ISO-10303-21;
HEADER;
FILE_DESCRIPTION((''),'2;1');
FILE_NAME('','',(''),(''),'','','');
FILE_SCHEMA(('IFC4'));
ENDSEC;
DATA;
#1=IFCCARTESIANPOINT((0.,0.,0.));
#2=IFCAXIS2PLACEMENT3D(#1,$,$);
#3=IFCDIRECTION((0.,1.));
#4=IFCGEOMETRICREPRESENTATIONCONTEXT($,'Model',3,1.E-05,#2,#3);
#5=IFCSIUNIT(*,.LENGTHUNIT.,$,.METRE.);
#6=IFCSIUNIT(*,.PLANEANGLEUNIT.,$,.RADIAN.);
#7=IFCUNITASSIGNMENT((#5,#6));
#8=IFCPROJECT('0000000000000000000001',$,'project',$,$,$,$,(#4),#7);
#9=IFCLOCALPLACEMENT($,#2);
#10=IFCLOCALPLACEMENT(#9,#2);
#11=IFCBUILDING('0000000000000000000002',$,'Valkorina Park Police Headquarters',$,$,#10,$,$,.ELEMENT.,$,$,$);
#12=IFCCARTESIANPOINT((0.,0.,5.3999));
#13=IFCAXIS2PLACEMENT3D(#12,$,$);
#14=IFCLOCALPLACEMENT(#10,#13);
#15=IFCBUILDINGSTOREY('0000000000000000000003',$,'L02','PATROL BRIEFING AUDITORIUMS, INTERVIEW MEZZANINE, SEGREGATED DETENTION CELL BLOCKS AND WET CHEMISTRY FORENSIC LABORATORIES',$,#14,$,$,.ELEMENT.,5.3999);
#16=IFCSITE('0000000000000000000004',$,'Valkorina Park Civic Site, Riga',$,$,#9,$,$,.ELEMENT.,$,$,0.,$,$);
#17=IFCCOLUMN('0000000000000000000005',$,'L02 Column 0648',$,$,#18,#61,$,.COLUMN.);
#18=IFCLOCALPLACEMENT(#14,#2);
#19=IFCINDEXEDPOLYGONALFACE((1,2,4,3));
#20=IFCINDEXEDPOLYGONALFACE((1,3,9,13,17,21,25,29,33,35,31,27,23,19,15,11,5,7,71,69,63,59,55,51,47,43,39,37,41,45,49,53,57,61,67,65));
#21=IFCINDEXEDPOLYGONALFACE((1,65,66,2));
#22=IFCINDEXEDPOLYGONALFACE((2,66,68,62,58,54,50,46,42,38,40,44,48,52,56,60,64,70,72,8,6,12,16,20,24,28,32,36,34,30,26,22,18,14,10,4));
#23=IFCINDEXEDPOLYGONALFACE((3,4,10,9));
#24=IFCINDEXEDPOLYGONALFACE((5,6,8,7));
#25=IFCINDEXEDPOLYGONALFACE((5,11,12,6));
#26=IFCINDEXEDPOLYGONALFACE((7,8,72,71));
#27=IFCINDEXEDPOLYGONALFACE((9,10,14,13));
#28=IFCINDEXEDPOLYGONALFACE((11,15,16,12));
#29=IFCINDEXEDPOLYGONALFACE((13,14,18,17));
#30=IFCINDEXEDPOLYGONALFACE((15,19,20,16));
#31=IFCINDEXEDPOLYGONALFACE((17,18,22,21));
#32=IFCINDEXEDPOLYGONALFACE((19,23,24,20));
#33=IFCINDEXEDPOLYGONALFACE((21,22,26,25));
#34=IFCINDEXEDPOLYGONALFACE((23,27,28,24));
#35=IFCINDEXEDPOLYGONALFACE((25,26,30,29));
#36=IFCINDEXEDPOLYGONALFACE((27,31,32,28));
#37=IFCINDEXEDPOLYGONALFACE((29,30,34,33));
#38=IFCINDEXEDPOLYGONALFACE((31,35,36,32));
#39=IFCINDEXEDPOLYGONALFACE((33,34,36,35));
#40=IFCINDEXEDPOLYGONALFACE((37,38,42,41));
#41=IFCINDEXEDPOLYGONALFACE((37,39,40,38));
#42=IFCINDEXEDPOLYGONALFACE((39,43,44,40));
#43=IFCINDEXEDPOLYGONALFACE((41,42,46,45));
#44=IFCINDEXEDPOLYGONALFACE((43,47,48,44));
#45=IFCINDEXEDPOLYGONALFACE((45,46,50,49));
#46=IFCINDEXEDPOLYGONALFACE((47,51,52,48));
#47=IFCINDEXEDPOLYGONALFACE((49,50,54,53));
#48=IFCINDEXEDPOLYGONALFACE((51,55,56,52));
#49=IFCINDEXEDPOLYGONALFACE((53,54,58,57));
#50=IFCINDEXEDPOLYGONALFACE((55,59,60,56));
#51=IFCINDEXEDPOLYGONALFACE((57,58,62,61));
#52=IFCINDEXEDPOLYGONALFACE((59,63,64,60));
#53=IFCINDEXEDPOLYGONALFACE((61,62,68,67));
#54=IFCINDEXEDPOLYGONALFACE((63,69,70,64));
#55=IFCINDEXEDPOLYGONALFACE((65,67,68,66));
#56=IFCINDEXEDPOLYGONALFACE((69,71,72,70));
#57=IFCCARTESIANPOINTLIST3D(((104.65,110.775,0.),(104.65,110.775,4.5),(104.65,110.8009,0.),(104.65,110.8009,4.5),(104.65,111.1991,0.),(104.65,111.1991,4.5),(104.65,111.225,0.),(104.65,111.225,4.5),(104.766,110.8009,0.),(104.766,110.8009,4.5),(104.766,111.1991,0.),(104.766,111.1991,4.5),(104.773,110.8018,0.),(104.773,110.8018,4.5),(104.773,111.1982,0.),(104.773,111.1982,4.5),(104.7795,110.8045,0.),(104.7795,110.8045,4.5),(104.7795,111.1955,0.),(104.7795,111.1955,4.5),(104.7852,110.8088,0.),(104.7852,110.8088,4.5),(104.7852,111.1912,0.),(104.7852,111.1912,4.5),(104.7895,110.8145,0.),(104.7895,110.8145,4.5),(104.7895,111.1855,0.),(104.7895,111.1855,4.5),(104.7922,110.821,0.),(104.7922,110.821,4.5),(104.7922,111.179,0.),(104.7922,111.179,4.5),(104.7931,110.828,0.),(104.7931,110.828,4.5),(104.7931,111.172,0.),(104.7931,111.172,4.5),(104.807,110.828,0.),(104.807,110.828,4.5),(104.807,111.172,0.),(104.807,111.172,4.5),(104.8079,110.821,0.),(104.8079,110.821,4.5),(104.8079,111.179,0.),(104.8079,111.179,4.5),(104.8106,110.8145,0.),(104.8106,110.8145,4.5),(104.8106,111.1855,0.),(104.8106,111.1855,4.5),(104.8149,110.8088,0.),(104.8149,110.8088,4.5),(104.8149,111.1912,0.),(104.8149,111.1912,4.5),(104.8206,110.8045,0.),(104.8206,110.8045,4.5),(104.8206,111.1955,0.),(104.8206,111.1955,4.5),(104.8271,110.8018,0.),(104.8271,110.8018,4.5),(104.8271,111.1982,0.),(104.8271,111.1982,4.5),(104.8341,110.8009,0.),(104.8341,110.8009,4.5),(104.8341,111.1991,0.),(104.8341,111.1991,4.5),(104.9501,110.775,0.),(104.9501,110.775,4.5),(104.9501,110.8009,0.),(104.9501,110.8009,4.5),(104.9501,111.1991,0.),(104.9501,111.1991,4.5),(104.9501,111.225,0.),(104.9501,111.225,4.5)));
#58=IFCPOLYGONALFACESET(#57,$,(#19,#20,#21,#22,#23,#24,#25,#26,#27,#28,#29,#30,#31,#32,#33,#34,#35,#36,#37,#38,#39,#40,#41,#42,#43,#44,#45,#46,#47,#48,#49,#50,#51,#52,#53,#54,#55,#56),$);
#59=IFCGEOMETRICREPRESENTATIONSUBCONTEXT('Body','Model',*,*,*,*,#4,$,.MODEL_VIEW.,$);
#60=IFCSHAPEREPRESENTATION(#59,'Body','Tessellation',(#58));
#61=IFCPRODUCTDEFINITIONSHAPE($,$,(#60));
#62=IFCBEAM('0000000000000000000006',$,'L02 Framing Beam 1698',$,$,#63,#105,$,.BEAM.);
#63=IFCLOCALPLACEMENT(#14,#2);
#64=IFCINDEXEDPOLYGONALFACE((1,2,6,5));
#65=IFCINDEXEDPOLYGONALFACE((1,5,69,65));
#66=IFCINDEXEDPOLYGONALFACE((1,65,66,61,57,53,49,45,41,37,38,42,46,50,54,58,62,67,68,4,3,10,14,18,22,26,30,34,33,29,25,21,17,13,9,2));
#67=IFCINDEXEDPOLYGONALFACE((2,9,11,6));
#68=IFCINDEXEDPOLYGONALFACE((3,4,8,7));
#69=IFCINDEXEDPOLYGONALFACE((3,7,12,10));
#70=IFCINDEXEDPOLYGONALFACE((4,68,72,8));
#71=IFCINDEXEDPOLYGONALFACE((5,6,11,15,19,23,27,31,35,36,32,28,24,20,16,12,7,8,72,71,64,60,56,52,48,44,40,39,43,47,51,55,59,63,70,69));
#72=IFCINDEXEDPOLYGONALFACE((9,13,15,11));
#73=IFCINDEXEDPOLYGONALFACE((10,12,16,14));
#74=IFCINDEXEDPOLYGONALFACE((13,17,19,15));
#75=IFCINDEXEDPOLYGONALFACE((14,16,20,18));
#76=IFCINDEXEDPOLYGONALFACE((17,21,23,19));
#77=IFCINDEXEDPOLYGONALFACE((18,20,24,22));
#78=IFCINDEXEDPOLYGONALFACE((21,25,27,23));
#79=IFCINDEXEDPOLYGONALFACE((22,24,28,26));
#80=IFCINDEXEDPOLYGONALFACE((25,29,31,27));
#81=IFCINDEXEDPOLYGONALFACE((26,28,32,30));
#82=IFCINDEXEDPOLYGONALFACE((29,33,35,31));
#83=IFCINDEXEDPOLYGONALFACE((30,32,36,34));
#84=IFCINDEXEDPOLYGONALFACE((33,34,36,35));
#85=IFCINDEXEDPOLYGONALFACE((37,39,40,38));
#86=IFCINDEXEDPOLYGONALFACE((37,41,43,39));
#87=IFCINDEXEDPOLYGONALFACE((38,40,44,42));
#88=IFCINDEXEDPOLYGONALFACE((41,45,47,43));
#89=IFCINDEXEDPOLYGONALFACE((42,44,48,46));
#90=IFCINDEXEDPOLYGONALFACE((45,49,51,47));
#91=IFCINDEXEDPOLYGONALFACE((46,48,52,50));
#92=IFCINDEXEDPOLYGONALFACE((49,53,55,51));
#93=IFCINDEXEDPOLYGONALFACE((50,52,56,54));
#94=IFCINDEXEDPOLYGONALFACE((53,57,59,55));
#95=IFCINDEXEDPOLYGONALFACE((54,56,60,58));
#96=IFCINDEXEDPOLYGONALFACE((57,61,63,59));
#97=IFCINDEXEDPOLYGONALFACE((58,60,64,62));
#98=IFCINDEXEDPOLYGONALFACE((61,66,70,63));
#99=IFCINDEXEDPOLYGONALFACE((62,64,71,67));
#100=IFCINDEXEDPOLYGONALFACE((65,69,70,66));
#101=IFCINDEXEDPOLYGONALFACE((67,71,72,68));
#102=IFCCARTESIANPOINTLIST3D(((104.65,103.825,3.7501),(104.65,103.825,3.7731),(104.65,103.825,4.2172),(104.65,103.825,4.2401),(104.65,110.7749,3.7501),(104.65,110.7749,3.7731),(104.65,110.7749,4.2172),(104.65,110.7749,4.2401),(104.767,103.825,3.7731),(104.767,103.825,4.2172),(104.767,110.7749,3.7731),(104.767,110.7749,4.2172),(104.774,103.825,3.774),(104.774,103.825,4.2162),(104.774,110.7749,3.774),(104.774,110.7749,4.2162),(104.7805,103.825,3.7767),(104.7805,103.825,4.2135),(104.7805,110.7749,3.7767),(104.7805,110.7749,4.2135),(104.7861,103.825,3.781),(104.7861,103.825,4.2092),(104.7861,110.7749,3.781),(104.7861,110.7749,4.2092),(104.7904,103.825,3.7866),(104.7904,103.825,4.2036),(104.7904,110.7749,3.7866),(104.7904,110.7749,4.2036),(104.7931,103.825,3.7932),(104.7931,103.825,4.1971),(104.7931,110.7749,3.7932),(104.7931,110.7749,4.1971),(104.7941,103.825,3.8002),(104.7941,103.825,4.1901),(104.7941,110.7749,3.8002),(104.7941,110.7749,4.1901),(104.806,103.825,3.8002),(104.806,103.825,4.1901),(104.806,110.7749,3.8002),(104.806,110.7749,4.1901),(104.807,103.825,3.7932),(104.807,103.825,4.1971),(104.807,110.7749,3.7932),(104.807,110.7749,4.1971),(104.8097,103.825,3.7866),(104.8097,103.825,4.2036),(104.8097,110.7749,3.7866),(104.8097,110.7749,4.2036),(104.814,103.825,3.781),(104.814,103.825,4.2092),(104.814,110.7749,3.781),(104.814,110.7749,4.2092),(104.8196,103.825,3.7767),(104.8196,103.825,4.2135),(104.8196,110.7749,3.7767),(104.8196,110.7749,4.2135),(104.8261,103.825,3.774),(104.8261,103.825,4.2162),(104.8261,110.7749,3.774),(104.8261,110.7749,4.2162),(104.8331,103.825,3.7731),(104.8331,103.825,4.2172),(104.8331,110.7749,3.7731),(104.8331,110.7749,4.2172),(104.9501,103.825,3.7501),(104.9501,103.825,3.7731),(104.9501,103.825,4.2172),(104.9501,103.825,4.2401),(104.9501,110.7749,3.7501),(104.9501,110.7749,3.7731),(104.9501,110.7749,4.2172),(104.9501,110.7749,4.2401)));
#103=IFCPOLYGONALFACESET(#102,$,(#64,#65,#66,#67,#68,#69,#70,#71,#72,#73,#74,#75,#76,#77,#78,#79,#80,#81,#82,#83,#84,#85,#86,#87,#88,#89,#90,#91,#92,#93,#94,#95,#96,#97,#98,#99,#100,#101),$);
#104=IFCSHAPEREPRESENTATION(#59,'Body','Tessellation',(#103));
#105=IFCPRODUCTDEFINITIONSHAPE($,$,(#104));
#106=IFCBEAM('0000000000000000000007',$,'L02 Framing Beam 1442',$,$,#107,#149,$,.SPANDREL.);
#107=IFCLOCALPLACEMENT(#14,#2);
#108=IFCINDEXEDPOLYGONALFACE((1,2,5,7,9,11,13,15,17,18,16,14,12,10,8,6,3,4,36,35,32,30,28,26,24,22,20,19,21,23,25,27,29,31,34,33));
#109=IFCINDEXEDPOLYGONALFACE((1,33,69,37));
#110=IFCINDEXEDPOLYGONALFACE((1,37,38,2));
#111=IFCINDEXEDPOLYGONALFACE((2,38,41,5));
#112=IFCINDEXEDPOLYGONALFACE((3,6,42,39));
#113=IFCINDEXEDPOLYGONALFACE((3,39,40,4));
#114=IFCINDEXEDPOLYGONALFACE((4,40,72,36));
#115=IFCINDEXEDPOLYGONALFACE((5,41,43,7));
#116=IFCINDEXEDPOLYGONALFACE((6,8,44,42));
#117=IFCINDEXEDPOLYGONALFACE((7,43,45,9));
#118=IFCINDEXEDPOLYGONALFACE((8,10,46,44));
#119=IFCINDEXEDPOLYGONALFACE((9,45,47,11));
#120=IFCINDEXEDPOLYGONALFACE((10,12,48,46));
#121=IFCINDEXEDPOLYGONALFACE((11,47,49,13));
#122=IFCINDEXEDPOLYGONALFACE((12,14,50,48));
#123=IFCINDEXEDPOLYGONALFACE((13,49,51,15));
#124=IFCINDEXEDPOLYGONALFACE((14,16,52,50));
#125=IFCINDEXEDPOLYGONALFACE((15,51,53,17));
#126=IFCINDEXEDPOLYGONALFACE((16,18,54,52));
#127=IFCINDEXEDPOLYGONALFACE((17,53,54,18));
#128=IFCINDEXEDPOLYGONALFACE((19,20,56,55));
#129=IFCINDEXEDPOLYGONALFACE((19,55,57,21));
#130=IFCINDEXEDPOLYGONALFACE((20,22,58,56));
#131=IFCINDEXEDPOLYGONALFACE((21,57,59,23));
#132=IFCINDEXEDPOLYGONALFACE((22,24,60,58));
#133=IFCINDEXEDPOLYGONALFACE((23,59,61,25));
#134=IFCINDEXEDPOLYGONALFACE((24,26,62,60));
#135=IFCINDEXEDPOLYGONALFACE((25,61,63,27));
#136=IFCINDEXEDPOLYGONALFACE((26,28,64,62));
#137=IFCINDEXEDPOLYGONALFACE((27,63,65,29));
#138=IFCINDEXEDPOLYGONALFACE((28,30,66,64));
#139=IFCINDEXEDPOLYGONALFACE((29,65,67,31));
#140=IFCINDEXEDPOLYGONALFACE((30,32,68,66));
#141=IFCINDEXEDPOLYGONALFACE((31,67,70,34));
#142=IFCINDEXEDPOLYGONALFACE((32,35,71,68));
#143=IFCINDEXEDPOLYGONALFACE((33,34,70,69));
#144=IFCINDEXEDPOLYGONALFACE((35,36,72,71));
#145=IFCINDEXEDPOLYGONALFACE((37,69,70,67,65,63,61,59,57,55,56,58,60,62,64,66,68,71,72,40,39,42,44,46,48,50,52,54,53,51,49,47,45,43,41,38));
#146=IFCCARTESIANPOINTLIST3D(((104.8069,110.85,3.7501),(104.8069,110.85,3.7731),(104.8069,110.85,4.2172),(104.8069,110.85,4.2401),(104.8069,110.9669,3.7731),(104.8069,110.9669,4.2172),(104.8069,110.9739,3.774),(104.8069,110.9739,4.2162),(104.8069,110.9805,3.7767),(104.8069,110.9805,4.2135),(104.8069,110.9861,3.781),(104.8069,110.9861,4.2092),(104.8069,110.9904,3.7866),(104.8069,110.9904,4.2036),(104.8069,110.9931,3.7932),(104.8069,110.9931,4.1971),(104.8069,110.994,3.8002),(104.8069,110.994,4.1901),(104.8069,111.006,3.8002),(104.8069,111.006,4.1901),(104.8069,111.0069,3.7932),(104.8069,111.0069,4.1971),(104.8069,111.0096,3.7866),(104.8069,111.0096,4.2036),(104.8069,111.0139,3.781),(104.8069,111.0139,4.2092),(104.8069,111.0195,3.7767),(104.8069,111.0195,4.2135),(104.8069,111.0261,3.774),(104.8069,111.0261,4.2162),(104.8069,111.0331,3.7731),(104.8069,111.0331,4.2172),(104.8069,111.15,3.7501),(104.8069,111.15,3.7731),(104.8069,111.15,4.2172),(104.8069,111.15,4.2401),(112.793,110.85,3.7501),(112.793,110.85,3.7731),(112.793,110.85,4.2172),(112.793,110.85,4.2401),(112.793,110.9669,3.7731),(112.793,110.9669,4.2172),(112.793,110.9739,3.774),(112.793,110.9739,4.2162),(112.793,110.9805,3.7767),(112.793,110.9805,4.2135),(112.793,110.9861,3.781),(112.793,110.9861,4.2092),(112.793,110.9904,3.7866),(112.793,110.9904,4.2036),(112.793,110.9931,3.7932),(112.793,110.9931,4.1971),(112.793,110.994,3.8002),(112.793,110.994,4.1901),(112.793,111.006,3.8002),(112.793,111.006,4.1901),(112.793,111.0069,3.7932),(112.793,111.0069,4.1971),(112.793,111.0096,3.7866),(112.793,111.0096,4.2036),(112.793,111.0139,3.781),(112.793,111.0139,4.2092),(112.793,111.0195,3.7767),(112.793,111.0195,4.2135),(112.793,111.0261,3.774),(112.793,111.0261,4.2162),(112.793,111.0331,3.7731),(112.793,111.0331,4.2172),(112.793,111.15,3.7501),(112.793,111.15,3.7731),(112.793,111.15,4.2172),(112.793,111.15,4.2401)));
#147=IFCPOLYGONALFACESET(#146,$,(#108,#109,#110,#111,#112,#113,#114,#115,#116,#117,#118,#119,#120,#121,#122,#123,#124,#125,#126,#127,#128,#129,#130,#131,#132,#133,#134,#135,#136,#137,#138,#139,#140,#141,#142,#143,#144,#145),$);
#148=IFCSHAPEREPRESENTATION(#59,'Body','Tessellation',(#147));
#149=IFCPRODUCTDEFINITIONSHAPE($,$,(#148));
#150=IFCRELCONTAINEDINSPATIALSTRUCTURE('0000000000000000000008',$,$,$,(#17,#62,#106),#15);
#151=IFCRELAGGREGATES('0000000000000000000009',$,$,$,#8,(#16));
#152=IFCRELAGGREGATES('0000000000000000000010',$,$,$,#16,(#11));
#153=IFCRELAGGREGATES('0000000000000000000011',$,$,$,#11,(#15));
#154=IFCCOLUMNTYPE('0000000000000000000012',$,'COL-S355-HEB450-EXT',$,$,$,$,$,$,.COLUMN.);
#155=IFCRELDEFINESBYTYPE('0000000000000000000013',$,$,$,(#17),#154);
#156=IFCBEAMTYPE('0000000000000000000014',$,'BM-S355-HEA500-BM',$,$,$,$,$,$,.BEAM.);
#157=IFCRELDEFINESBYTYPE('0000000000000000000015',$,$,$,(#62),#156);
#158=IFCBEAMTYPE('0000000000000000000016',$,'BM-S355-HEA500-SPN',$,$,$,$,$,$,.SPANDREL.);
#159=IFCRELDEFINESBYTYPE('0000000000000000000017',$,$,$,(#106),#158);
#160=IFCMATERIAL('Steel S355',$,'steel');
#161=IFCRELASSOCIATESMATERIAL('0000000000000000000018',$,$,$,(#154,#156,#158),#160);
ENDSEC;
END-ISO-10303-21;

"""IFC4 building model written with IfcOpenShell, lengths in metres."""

from ifc_helpers import new_model, si_unit, direction, frame, origin, origin_2d, place, context, subcontext, project, spatial, i_section, extrude, material, material_profile, profile_set, type_object, element, save


model = new_model("IFC4")

# Units and contexts
model_context = context("Model", 3, precision=1e-05, world=origin(), true_north=direction((0.0, 1.0)))
body_context = subcontext(model_context, "Body", "Model", "MODEL_VIEW")
ifc_project = project(units=[si_unit("LENGTHUNIT", "METRE"), si_unit("PLANEANGLEUNIT", "RADIAN")], contexts=[model_context])

# Site, building, storey
site_placement = place(None, origin())
site = spatial("IfcSite", under=ifc_project, at=site_placement, Name="Valkorina Park Civic Site, Riga", CompositionType="ELEMENT", RefElevation=0.0)
building_placement = place(site_placement, origin())
building = spatial("IfcBuilding", under=site, at=building_placement, Name="Valkorina Park Police Headquarters", CompositionType="ELEMENT")
storey_placement = place(building_placement, frame((0.0, 0.0, 5.3999)))
storey = spatial("IfcBuildingStorey", under=building, at=storey_placement, Name="L02", Description="PATROL BRIEFING AUDITORIUMS, INTERVIEW MEZZANINE, SEGREGATED DETENTION CELL BLOCKS AND WET CHEMISTRY FORENSIC LABORATORIES", CompositionType="ELEMENT", Elevation=5.3999)

# Column
ifc_material_1 = material(Name="Steel S355", Category="steel")
ifc_material_profile_1 = material_profile(ifc_material_1, i_section(OverallWidth=0.3, OverallDepth=0.45, WebThickness=0.0139, FlangeThickness=0.0259, FilletRadius=0.0271, at=origin_2d()), Name="HEB 450")
ifc_profile_set_1 = profile_set([ifc_material_profile_1], Name="Steel S355")
column_type = type_object("IfcColumnType", Name="COL-S355-HEB450-EXT", PredefinedType="COLUMN", material=ifc_profile_set_1)
column_placement = place(storey_placement, frame((104.8, 111.0, 0.0), z_axis=(0.0, 0.0, 1.0), x_axis=(1.0, 0.0, 0.0)))
element("IfcColumn", 1, at=column_placement, inside=storey, type_object=column_type, Name="L02 Column 0648", PredefinedType="COLUMN", context=body_context, shape_type="SweptSolid", body=[
    extrude(i_section(OverallWidth=0.3, OverallDepth=0.45, WebThickness=0.0139, FlangeThickness=0.0259, FilletRadius=0.0271, at=origin_2d()), origin(), (0.0, 0.0, 1.0), 4.5),
])

# Beams
ifc_material_profile_2 = material_profile(ifc_material_1, i_section(OverallWidth=0.3, OverallDepth=0.49, WebThickness=0.012, FlangeThickness=0.0229, FilletRadius=0.0271, at=origin_2d()), Name="HEA 500")
ifc_profile_set_2 = profile_set([ifc_material_profile_2], Name="Steel S355")
beam_type_1 = type_object("IfcBeamType", Name="BM-S355-HEA500-BM", PredefinedType="BEAM", material=ifc_profile_set_2)
beam_1_placement = place(storey_placement, frame((104.8, 103.825, 3.9951), z_axis=(0.0, 1.0, 0.0), x_axis=(-1.0, 0.0, 0.0)))
element("IfcBeam", 2, at=beam_1_placement, inside=storey, type_object=beam_type_1, Name="L02 Framing Beam 1698", PredefinedType="BEAM", context=body_context, shape_type="SweptSolid", body=[
    extrude(i_section(OverallWidth=0.3, OverallDepth=0.49, WebThickness=0.012, FlangeThickness=0.0229, FilletRadius=0.0271, at=origin_2d()), origin(), (0.0, 0.0, 1.0), 6.95),
])
ifc_material_profile_3 = material_profile(ifc_material_1, i_section(OverallWidth=0.3, OverallDepth=0.49, WebThickness=0.012, FlangeThickness=0.0229, FilletRadius=0.0271, at=origin_2d()), Name="HEA 500")
ifc_profile_set_3 = profile_set([ifc_material_profile_3], Name="Steel S355")
beam_type_2 = type_object("IfcBeamType", Name="BM-S355-HEA500-SPN", PredefinedType="SPANDREL", material=ifc_profile_set_3)
beam_2_placement = place(storey_placement, frame((104.8069, 111.0, 3.9951), z_axis=(1.0, 0.0, 0.0), x_axis=(0.0, 1.0, 0.0)))
element("IfcBeam", 3, at=beam_2_placement, inside=storey, type_object=beam_type_2, Name="L02 Framing Beam 1442", PredefinedType="SPANDREL", context=body_context, shape_type="SweptSolid", body=[
    extrude(i_section(OverallWidth=0.3, OverallDepth=0.49, WebThickness=0.012, FlangeThickness=0.0229, FilletRadius=0.0271, at=origin_2d()), origin(), (0.0, 0.0, 1.0), 7.9861),
])

save(model, "model.ifc")
